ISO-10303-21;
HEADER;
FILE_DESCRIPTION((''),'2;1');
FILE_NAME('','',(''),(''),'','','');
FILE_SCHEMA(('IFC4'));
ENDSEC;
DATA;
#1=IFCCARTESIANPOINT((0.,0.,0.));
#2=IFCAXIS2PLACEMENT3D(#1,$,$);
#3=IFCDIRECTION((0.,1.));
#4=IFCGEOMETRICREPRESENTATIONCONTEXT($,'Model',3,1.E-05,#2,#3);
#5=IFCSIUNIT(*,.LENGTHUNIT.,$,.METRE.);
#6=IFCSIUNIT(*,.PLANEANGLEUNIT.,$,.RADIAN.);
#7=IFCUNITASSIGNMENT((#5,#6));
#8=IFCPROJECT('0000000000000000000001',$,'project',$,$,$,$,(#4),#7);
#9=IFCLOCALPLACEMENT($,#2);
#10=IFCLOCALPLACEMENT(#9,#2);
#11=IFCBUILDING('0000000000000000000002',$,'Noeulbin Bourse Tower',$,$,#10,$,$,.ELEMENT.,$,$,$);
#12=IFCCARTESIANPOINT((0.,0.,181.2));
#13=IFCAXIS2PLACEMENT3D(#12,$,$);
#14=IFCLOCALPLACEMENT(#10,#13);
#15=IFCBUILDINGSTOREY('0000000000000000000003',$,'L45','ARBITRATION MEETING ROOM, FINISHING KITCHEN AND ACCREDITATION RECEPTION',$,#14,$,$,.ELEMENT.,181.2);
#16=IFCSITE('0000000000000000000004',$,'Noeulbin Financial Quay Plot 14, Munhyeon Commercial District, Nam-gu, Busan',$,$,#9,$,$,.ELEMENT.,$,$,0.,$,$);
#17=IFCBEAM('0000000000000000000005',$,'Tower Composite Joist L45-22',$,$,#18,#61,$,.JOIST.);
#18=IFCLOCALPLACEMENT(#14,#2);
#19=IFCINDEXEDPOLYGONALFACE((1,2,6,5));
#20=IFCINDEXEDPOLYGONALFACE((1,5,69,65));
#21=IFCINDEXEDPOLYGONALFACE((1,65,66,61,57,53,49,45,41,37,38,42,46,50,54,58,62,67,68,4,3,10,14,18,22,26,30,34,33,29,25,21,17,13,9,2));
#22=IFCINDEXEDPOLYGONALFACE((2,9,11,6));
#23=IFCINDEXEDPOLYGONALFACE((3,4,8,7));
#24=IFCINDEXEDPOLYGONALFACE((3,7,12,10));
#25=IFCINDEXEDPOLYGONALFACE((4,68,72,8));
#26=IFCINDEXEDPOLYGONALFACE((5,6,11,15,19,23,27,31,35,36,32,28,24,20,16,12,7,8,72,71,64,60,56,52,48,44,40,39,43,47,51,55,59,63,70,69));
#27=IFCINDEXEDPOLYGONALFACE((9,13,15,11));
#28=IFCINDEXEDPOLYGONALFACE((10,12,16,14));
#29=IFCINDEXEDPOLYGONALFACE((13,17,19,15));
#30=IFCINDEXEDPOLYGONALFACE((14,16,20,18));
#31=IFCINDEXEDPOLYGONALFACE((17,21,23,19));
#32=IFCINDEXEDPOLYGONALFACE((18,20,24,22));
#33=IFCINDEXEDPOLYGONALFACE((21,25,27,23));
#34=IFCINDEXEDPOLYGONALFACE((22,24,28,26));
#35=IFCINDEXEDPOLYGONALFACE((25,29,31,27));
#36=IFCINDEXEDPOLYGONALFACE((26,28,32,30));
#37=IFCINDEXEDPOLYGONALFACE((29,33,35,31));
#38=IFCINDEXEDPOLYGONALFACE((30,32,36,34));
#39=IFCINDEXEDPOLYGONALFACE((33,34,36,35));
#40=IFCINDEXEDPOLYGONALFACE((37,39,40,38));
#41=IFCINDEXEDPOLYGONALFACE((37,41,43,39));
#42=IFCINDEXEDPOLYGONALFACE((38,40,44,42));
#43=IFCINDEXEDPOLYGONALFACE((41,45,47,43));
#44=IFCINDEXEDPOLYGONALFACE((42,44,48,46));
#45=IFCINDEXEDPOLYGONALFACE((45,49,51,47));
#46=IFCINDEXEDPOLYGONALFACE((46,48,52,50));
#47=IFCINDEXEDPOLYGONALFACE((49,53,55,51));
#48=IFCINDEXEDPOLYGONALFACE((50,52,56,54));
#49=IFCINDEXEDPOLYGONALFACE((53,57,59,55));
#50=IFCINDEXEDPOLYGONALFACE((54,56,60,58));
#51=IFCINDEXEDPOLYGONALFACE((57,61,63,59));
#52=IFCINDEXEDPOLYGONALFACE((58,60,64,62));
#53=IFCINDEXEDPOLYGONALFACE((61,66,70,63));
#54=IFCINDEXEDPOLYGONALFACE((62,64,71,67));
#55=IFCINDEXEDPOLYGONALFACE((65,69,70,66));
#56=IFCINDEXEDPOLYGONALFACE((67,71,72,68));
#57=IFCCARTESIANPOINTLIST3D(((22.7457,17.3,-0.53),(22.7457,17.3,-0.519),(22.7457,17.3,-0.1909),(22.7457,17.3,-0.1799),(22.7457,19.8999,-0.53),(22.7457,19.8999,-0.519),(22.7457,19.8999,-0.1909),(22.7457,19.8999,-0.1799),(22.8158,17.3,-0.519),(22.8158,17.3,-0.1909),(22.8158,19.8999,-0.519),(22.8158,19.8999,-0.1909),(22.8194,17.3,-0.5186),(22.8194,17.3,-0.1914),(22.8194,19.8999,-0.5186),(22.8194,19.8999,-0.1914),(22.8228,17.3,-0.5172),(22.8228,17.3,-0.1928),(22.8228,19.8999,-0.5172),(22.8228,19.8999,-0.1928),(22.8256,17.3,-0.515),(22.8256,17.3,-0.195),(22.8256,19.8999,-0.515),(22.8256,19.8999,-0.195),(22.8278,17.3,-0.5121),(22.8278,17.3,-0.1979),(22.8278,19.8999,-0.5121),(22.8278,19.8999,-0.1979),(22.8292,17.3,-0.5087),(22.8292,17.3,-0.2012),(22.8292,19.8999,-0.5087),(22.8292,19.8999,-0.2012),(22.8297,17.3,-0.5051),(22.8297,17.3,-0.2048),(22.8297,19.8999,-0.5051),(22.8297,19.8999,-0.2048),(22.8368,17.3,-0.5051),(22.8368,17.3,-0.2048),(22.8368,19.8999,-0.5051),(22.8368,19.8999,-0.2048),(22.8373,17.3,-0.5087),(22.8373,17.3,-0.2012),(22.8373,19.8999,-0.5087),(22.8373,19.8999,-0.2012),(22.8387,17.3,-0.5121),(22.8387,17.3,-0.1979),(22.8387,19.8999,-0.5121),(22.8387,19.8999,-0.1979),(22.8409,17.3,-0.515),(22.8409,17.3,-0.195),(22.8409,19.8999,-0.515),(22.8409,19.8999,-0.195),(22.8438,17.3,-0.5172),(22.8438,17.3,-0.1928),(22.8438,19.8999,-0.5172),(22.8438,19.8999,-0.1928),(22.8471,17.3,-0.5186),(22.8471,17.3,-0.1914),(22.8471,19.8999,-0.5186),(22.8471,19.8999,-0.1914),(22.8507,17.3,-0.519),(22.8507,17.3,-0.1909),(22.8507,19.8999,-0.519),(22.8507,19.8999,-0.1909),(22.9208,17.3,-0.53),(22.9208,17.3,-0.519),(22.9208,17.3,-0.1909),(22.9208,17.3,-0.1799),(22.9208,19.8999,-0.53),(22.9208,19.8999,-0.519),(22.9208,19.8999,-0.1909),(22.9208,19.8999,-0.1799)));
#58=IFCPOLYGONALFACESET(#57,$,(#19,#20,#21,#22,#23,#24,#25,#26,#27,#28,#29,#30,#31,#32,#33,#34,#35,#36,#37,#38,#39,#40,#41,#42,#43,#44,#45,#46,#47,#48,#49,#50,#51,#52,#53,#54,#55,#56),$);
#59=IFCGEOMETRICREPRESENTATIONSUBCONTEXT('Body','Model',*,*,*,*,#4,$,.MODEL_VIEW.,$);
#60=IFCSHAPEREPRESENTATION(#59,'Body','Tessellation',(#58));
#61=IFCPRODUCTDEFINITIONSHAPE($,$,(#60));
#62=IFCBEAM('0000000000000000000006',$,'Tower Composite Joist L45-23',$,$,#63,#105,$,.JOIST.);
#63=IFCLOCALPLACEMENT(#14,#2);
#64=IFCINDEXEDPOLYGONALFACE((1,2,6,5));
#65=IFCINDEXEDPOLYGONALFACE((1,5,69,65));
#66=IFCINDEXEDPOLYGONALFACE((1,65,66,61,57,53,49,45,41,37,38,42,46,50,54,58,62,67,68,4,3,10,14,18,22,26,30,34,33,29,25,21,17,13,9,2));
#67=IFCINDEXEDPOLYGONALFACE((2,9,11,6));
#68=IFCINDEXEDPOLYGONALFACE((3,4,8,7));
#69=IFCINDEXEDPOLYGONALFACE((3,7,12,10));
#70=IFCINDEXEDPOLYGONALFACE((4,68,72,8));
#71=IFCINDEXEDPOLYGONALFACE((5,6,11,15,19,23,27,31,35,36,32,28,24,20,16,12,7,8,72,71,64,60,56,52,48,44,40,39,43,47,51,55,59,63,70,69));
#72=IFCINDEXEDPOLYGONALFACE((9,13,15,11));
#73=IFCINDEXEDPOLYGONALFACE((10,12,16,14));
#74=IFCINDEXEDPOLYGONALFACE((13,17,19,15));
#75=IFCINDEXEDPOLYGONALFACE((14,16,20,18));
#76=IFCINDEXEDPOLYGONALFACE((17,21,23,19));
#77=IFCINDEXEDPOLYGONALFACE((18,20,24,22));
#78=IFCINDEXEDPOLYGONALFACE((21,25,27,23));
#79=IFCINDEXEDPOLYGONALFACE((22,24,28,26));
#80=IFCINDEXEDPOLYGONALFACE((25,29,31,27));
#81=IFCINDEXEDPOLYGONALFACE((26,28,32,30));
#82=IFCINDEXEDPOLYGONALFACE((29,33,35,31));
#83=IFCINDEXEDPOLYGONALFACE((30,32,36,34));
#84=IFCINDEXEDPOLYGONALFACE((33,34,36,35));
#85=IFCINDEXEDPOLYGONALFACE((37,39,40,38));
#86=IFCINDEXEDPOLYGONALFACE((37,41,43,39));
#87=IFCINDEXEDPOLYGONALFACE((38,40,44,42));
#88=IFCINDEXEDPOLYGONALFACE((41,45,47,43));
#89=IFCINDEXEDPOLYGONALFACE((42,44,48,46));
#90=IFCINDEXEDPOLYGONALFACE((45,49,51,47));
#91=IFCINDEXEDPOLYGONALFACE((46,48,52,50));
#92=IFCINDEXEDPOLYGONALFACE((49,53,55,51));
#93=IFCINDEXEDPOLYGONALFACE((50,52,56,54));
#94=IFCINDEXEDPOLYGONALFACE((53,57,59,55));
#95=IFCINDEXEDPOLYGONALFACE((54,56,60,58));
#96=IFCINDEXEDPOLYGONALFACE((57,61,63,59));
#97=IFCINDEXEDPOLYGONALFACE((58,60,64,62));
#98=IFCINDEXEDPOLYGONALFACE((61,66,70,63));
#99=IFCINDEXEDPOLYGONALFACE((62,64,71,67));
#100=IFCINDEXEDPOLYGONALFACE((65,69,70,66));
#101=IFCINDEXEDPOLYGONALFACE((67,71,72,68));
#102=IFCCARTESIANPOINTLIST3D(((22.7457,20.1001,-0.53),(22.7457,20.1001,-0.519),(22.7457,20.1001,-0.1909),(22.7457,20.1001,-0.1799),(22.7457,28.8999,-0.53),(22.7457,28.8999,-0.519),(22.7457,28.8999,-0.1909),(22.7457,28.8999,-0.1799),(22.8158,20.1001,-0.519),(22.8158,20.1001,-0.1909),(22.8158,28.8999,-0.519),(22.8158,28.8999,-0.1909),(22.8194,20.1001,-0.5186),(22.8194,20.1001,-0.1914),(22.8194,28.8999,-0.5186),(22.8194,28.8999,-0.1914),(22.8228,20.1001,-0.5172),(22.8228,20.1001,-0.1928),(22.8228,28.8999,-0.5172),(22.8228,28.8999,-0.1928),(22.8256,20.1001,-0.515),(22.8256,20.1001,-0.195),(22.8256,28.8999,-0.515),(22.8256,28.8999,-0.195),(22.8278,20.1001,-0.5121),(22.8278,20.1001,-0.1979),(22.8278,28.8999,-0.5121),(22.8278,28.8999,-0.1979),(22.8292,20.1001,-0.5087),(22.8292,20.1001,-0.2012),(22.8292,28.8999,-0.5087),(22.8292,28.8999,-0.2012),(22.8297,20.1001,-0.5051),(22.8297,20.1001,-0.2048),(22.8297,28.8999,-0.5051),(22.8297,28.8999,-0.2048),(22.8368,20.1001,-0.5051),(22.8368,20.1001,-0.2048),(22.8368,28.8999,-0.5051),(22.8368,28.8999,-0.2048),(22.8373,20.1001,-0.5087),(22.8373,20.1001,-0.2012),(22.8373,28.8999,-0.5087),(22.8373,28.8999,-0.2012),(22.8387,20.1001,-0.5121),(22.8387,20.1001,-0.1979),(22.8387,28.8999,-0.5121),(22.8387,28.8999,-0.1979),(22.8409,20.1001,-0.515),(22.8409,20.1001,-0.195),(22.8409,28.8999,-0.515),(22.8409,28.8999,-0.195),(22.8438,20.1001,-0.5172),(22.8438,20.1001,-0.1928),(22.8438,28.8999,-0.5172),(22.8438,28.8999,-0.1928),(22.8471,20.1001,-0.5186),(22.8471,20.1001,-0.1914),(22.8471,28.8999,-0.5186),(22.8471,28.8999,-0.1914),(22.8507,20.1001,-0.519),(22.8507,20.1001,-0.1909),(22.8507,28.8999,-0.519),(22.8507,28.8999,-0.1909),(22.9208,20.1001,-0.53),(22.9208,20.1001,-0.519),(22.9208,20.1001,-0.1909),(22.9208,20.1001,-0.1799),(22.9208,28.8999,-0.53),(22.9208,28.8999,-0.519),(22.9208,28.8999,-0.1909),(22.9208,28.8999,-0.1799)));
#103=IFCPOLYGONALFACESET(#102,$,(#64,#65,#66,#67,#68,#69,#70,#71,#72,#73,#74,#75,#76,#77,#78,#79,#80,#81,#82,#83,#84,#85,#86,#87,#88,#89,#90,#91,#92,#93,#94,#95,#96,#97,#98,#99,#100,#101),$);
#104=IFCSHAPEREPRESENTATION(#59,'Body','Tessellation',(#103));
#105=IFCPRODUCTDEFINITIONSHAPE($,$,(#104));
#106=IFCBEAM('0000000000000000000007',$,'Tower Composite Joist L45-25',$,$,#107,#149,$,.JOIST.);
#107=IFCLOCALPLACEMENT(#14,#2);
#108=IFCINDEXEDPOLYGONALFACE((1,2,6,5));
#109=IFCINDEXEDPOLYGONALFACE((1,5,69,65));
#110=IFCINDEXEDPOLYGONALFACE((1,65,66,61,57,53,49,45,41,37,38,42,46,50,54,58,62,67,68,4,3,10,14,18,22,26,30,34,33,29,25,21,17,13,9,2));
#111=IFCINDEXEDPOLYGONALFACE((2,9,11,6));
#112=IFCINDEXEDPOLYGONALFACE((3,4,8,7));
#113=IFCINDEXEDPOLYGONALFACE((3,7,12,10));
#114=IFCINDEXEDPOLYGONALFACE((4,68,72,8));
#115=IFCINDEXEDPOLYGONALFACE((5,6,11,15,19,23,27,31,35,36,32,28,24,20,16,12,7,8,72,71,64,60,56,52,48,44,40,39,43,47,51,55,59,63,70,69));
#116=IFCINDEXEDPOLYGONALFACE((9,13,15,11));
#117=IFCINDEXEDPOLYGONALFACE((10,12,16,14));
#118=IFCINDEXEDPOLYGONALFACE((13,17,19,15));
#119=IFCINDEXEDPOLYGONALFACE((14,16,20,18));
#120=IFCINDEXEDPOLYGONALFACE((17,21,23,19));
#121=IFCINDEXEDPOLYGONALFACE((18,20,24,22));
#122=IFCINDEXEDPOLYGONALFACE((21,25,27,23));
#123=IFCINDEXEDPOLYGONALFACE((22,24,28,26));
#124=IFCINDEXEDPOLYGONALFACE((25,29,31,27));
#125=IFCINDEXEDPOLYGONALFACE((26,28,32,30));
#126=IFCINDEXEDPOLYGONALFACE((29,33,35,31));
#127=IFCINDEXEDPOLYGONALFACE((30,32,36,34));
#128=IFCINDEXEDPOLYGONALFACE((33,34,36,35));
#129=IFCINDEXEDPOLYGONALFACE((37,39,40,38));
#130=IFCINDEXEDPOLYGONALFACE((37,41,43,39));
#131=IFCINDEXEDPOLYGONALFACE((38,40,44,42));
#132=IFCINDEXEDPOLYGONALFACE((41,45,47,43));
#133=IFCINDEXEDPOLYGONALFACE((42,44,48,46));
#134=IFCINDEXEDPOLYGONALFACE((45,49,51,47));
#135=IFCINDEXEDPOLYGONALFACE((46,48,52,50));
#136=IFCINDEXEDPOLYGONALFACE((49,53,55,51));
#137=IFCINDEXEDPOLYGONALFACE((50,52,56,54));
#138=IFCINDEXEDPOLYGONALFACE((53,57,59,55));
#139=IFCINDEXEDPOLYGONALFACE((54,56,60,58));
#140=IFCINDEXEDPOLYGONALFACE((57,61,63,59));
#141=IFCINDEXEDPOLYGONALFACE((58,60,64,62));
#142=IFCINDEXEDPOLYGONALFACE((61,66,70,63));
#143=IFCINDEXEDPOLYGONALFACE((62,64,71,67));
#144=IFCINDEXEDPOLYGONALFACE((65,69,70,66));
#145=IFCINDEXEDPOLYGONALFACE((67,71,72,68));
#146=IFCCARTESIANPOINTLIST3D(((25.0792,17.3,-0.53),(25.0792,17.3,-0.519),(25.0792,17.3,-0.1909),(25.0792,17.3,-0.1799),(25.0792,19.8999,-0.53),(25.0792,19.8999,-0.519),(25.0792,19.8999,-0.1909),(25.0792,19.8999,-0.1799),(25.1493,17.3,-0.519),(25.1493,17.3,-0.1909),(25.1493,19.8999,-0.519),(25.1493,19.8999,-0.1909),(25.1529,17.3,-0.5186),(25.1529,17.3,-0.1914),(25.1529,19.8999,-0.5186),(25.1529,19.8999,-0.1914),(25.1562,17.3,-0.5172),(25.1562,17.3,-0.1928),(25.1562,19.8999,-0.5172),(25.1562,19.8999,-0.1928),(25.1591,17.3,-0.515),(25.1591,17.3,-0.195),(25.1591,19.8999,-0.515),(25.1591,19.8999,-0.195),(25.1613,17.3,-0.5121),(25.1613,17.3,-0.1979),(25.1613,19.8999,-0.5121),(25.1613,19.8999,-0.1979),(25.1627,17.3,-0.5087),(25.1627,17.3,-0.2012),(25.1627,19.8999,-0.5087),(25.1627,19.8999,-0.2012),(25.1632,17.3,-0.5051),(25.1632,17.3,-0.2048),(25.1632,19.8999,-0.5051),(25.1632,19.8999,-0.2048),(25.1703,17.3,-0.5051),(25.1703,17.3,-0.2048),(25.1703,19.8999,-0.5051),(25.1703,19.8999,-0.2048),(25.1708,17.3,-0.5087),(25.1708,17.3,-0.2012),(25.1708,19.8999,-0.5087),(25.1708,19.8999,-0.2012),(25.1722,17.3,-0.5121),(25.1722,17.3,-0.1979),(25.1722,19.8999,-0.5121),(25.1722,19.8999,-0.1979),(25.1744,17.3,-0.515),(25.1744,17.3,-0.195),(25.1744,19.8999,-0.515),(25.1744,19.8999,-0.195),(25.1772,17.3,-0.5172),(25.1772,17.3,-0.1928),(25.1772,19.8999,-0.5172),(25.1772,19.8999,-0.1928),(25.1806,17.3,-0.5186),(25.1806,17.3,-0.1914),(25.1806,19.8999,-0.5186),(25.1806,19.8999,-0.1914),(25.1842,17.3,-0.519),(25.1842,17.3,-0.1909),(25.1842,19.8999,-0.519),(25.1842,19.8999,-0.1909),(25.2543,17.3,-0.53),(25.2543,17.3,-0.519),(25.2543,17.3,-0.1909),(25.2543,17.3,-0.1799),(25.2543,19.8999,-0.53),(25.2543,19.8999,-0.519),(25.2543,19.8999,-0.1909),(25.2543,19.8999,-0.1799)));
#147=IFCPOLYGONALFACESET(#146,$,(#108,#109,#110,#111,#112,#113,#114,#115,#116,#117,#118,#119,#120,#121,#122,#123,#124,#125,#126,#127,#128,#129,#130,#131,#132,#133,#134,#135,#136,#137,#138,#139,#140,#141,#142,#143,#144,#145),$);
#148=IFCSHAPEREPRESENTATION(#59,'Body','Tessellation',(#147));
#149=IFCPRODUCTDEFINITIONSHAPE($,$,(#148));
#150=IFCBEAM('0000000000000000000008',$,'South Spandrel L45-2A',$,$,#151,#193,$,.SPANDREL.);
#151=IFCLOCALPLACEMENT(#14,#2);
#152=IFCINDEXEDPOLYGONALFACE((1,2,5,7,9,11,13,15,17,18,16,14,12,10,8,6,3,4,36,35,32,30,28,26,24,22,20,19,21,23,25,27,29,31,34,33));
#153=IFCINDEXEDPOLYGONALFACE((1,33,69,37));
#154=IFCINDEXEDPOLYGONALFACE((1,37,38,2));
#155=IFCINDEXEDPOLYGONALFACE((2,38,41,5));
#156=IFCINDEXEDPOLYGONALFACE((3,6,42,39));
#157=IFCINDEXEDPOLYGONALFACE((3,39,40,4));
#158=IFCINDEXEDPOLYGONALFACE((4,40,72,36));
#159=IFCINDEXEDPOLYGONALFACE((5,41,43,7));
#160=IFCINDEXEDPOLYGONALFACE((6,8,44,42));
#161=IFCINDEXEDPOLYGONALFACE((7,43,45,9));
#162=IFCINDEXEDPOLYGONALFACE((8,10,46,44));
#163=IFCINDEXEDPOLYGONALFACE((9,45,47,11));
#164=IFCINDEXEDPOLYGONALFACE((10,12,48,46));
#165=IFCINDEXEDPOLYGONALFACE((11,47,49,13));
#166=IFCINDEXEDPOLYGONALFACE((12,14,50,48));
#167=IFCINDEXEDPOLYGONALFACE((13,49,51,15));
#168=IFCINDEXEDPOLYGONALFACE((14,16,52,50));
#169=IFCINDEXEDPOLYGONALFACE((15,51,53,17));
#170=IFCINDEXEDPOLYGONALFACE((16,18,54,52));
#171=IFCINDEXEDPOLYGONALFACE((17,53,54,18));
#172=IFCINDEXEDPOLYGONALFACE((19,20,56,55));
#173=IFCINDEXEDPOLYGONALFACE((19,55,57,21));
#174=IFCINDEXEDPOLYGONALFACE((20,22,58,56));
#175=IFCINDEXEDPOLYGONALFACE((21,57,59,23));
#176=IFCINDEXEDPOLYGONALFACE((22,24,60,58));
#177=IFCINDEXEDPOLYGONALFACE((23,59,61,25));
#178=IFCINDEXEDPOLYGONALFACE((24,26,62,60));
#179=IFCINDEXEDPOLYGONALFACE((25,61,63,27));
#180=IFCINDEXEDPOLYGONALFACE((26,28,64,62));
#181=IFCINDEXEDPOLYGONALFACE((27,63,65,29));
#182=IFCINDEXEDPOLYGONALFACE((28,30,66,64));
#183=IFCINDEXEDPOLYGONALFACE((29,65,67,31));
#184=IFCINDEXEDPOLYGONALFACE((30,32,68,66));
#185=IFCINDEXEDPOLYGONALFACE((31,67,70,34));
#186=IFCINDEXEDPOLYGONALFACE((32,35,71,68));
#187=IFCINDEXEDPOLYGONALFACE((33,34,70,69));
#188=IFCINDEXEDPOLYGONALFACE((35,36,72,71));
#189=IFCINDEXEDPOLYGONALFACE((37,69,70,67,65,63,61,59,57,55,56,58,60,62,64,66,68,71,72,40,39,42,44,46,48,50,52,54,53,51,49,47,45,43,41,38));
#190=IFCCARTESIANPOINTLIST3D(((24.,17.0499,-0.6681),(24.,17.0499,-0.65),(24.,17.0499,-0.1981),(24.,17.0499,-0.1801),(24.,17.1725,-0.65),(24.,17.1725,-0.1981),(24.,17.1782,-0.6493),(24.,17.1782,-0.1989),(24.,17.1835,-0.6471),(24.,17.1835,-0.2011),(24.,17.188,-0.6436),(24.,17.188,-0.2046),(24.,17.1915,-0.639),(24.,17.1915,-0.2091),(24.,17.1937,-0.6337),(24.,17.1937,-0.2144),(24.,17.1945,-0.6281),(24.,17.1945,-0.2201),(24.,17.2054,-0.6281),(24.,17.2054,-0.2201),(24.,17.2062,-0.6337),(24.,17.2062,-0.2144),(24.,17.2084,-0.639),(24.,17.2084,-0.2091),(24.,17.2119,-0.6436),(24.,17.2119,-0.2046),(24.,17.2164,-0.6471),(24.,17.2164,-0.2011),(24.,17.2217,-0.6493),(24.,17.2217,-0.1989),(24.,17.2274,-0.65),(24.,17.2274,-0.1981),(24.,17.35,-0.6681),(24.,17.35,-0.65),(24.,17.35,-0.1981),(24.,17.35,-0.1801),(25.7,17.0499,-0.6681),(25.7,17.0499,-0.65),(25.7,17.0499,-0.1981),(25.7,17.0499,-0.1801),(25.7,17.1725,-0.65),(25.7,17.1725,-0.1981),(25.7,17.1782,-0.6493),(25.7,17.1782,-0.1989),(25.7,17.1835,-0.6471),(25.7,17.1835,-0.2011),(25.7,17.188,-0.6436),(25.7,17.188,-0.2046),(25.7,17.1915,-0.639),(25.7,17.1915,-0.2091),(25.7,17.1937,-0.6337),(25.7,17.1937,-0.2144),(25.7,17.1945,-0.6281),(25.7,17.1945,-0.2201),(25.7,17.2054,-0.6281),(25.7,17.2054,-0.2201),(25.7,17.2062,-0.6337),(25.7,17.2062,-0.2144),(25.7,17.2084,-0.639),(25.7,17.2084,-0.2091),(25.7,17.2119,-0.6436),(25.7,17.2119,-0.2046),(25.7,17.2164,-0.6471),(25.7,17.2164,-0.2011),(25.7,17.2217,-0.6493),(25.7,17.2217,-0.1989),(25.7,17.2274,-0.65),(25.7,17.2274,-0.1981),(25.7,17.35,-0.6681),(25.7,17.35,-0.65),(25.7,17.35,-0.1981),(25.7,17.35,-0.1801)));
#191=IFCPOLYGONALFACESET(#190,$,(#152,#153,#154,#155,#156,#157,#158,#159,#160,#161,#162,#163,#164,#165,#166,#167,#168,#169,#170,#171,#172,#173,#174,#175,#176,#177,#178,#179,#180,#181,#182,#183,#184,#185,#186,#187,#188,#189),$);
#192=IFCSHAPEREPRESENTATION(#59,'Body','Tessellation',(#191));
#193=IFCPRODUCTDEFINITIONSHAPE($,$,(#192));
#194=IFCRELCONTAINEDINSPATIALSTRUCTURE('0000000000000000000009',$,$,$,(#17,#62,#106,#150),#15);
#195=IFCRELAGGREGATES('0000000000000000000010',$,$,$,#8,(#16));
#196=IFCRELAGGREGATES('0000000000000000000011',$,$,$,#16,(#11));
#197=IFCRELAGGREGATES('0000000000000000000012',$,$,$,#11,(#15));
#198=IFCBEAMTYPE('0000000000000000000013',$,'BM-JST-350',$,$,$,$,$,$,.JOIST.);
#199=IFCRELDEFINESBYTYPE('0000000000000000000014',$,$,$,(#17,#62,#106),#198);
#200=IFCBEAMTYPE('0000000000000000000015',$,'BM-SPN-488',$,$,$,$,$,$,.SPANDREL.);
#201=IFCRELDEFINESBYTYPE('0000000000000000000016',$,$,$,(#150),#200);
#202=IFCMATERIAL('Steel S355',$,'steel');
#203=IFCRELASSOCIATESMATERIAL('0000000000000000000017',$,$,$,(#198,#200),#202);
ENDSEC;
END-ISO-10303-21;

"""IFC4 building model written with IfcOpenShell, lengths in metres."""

from ifc_helpers import new_model, si_unit, direction, frame, origin, origin_2d, place, context, subcontext, project, spatial, i_section, extrude, material, material_profile, profile_set, type_object, element, save


model = new_model("IFC4")

# Units and contexts
model_context = context("Model", 3, precision=1e-05, world=origin(), true_north=direction((0.0, 1.0)))
body_context = subcontext(model_context, "Body", "Model", "MODEL_VIEW")
ifc_project = project(units=[si_unit("LENGTHUNIT", "METRE"), si_unit("PLANEANGLEUNIT", "RADIAN")], contexts=[model_context])

# Site, building, storey
site_placement = place(None, origin())
site = spatial("IfcSite", under=ifc_project, at=site_placement, Name="Noeulbin Financial Quay Plot 14, Munhyeon Commercial District, Nam-gu, Busan", CompositionType="ELEMENT", RefElevation=0.0)
building_placement = place(site_placement, origin())
building = spatial("IfcBuilding", under=site, at=building_placement, Name="Noeulbin Bourse Tower", CompositionType="ELEMENT")
storey_placement = place(building_placement, frame((0.0, 0.0, 181.2)))
storey = spatial("IfcBuildingStorey", under=building, at=storey_placement, Name="L45", Description="ARBITRATION MEETING ROOM, FINISHING KITCHEN AND ACCREDITATION RECEPTION", CompositionType="ELEMENT", Elevation=181.2)

# Shared definitions
ifc_material_1 = material(Name="Steel S355", Category="steel")

# Beams
ifc_material_profile_1 = material_profile(ifc_material_1, i_section(OverallWidth=0.175, OverallDepth=0.3501, WebThickness=0.0071, FlangeThickness=0.011, FilletRadius=0.0139, at=origin_2d()), Name="H-350x175x7x11", Category="LoadBearing")
ifc_profile_set_1 = profile_set([ifc_material_profile_1], Name="Steel S355")
beam_type_1 = type_object("IfcBeamType", Name="BM-JST-350", PredefinedType="JOIST", material=ifc_profile_set_1)
beam_1_placement = place(storey_placement, frame((22.8333, 17.3, -0.355), z_axis=(0.0, 1.0, 0.0), x_axis=(-1.0, 0.0, 0.0)))
element("IfcBeam", 1, at=beam_1_placement, inside=storey, type_object=beam_type_1, Name="Tower Composite Joist L45-22", PredefinedType="JOIST", context=body_context, shape_type="SweptSolid", body=[
    extrude(i_section(OverallWidth=0.175, OverallDepth=0.3501, WebThickness=0.0071, FlangeThickness=0.011, FilletRadius=0.0139, at=origin_2d()), origin(), (0.0, 0.0, 1.0), 2.5999),
])
beam_2_placement = place(storey_placement, frame((22.8333, 20.1001, -0.355), z_axis=(0.0, 1.0, 0.0), x_axis=(-1.0, 0.0, 0.0)))
element("IfcBeam", 2, at=beam_2_placement, inside=storey, type_object=beam_type_1, Name="Tower Composite Joist L45-23", PredefinedType="JOIST", context=body_context, shape_type="SweptSolid", body=[
    extrude(i_section(OverallWidth=0.175, OverallDepth=0.3501, WebThickness=0.0071, FlangeThickness=0.011, FilletRadius=0.0139, at=origin_2d()), origin(), (0.0, 0.0, 1.0), 8.7998),
])
beam_3_placement = place(storey_placement, frame((25.1667, 17.3, -0.355), z_axis=(0.0, 1.0, 0.0), x_axis=(-1.0, 0.0, 0.0)))
element("IfcBeam", 3, at=beam_3_placement, inside=storey, type_object=beam_type_1, Name="Tower Composite Joist L45-25", PredefinedType="JOIST", context=body_context, shape_type="SweptSolid", body=[
    extrude(i_section(OverallWidth=0.175, OverallDepth=0.3501, WebThickness=0.0071, FlangeThickness=0.011, FilletRadius=0.0139, at=origin_2d()), origin(), (0.0, 0.0, 1.0), 2.5999),
])
ifc_material_profile_2 = material_profile(ifc_material_1, i_section(OverallWidth=0.3, OverallDepth=0.488, WebThickness=0.011, FlangeThickness=0.0181, FilletRadius=0.022, at=origin_2d()), Name="H-488x300x11x18", Category="LoadBearing")
ifc_profile_set_2 = profile_set([ifc_material_profile_2], Name="Steel S355")
beam_type_2 = type_object("IfcBeamType", Name="BM-SPN-488", PredefinedType="SPANDREL", material=ifc_profile_set_2)
beam_4_placement = place(storey_placement, frame((24.0, 17.2, -0.4241), z_axis=(1.0, 0.0, 0.0), x_axis=(0.0, 1.0, 0.0)))
element("IfcBeam", 4, at=beam_4_placement, inside=storey, type_object=beam_type_2, Name="South Spandrel L45-2A", PredefinedType="SPANDREL", context=body_context, shape_type="SweptSolid", body=[
    extrude(i_section(OverallWidth=0.3, OverallDepth=0.488, WebThickness=0.011, FlangeThickness=0.0181, FilletRadius=0.022, at=origin_2d()), origin(), (0.0, 0.0, 1.0), 1.7),
])

save(model, "model.ifc")
